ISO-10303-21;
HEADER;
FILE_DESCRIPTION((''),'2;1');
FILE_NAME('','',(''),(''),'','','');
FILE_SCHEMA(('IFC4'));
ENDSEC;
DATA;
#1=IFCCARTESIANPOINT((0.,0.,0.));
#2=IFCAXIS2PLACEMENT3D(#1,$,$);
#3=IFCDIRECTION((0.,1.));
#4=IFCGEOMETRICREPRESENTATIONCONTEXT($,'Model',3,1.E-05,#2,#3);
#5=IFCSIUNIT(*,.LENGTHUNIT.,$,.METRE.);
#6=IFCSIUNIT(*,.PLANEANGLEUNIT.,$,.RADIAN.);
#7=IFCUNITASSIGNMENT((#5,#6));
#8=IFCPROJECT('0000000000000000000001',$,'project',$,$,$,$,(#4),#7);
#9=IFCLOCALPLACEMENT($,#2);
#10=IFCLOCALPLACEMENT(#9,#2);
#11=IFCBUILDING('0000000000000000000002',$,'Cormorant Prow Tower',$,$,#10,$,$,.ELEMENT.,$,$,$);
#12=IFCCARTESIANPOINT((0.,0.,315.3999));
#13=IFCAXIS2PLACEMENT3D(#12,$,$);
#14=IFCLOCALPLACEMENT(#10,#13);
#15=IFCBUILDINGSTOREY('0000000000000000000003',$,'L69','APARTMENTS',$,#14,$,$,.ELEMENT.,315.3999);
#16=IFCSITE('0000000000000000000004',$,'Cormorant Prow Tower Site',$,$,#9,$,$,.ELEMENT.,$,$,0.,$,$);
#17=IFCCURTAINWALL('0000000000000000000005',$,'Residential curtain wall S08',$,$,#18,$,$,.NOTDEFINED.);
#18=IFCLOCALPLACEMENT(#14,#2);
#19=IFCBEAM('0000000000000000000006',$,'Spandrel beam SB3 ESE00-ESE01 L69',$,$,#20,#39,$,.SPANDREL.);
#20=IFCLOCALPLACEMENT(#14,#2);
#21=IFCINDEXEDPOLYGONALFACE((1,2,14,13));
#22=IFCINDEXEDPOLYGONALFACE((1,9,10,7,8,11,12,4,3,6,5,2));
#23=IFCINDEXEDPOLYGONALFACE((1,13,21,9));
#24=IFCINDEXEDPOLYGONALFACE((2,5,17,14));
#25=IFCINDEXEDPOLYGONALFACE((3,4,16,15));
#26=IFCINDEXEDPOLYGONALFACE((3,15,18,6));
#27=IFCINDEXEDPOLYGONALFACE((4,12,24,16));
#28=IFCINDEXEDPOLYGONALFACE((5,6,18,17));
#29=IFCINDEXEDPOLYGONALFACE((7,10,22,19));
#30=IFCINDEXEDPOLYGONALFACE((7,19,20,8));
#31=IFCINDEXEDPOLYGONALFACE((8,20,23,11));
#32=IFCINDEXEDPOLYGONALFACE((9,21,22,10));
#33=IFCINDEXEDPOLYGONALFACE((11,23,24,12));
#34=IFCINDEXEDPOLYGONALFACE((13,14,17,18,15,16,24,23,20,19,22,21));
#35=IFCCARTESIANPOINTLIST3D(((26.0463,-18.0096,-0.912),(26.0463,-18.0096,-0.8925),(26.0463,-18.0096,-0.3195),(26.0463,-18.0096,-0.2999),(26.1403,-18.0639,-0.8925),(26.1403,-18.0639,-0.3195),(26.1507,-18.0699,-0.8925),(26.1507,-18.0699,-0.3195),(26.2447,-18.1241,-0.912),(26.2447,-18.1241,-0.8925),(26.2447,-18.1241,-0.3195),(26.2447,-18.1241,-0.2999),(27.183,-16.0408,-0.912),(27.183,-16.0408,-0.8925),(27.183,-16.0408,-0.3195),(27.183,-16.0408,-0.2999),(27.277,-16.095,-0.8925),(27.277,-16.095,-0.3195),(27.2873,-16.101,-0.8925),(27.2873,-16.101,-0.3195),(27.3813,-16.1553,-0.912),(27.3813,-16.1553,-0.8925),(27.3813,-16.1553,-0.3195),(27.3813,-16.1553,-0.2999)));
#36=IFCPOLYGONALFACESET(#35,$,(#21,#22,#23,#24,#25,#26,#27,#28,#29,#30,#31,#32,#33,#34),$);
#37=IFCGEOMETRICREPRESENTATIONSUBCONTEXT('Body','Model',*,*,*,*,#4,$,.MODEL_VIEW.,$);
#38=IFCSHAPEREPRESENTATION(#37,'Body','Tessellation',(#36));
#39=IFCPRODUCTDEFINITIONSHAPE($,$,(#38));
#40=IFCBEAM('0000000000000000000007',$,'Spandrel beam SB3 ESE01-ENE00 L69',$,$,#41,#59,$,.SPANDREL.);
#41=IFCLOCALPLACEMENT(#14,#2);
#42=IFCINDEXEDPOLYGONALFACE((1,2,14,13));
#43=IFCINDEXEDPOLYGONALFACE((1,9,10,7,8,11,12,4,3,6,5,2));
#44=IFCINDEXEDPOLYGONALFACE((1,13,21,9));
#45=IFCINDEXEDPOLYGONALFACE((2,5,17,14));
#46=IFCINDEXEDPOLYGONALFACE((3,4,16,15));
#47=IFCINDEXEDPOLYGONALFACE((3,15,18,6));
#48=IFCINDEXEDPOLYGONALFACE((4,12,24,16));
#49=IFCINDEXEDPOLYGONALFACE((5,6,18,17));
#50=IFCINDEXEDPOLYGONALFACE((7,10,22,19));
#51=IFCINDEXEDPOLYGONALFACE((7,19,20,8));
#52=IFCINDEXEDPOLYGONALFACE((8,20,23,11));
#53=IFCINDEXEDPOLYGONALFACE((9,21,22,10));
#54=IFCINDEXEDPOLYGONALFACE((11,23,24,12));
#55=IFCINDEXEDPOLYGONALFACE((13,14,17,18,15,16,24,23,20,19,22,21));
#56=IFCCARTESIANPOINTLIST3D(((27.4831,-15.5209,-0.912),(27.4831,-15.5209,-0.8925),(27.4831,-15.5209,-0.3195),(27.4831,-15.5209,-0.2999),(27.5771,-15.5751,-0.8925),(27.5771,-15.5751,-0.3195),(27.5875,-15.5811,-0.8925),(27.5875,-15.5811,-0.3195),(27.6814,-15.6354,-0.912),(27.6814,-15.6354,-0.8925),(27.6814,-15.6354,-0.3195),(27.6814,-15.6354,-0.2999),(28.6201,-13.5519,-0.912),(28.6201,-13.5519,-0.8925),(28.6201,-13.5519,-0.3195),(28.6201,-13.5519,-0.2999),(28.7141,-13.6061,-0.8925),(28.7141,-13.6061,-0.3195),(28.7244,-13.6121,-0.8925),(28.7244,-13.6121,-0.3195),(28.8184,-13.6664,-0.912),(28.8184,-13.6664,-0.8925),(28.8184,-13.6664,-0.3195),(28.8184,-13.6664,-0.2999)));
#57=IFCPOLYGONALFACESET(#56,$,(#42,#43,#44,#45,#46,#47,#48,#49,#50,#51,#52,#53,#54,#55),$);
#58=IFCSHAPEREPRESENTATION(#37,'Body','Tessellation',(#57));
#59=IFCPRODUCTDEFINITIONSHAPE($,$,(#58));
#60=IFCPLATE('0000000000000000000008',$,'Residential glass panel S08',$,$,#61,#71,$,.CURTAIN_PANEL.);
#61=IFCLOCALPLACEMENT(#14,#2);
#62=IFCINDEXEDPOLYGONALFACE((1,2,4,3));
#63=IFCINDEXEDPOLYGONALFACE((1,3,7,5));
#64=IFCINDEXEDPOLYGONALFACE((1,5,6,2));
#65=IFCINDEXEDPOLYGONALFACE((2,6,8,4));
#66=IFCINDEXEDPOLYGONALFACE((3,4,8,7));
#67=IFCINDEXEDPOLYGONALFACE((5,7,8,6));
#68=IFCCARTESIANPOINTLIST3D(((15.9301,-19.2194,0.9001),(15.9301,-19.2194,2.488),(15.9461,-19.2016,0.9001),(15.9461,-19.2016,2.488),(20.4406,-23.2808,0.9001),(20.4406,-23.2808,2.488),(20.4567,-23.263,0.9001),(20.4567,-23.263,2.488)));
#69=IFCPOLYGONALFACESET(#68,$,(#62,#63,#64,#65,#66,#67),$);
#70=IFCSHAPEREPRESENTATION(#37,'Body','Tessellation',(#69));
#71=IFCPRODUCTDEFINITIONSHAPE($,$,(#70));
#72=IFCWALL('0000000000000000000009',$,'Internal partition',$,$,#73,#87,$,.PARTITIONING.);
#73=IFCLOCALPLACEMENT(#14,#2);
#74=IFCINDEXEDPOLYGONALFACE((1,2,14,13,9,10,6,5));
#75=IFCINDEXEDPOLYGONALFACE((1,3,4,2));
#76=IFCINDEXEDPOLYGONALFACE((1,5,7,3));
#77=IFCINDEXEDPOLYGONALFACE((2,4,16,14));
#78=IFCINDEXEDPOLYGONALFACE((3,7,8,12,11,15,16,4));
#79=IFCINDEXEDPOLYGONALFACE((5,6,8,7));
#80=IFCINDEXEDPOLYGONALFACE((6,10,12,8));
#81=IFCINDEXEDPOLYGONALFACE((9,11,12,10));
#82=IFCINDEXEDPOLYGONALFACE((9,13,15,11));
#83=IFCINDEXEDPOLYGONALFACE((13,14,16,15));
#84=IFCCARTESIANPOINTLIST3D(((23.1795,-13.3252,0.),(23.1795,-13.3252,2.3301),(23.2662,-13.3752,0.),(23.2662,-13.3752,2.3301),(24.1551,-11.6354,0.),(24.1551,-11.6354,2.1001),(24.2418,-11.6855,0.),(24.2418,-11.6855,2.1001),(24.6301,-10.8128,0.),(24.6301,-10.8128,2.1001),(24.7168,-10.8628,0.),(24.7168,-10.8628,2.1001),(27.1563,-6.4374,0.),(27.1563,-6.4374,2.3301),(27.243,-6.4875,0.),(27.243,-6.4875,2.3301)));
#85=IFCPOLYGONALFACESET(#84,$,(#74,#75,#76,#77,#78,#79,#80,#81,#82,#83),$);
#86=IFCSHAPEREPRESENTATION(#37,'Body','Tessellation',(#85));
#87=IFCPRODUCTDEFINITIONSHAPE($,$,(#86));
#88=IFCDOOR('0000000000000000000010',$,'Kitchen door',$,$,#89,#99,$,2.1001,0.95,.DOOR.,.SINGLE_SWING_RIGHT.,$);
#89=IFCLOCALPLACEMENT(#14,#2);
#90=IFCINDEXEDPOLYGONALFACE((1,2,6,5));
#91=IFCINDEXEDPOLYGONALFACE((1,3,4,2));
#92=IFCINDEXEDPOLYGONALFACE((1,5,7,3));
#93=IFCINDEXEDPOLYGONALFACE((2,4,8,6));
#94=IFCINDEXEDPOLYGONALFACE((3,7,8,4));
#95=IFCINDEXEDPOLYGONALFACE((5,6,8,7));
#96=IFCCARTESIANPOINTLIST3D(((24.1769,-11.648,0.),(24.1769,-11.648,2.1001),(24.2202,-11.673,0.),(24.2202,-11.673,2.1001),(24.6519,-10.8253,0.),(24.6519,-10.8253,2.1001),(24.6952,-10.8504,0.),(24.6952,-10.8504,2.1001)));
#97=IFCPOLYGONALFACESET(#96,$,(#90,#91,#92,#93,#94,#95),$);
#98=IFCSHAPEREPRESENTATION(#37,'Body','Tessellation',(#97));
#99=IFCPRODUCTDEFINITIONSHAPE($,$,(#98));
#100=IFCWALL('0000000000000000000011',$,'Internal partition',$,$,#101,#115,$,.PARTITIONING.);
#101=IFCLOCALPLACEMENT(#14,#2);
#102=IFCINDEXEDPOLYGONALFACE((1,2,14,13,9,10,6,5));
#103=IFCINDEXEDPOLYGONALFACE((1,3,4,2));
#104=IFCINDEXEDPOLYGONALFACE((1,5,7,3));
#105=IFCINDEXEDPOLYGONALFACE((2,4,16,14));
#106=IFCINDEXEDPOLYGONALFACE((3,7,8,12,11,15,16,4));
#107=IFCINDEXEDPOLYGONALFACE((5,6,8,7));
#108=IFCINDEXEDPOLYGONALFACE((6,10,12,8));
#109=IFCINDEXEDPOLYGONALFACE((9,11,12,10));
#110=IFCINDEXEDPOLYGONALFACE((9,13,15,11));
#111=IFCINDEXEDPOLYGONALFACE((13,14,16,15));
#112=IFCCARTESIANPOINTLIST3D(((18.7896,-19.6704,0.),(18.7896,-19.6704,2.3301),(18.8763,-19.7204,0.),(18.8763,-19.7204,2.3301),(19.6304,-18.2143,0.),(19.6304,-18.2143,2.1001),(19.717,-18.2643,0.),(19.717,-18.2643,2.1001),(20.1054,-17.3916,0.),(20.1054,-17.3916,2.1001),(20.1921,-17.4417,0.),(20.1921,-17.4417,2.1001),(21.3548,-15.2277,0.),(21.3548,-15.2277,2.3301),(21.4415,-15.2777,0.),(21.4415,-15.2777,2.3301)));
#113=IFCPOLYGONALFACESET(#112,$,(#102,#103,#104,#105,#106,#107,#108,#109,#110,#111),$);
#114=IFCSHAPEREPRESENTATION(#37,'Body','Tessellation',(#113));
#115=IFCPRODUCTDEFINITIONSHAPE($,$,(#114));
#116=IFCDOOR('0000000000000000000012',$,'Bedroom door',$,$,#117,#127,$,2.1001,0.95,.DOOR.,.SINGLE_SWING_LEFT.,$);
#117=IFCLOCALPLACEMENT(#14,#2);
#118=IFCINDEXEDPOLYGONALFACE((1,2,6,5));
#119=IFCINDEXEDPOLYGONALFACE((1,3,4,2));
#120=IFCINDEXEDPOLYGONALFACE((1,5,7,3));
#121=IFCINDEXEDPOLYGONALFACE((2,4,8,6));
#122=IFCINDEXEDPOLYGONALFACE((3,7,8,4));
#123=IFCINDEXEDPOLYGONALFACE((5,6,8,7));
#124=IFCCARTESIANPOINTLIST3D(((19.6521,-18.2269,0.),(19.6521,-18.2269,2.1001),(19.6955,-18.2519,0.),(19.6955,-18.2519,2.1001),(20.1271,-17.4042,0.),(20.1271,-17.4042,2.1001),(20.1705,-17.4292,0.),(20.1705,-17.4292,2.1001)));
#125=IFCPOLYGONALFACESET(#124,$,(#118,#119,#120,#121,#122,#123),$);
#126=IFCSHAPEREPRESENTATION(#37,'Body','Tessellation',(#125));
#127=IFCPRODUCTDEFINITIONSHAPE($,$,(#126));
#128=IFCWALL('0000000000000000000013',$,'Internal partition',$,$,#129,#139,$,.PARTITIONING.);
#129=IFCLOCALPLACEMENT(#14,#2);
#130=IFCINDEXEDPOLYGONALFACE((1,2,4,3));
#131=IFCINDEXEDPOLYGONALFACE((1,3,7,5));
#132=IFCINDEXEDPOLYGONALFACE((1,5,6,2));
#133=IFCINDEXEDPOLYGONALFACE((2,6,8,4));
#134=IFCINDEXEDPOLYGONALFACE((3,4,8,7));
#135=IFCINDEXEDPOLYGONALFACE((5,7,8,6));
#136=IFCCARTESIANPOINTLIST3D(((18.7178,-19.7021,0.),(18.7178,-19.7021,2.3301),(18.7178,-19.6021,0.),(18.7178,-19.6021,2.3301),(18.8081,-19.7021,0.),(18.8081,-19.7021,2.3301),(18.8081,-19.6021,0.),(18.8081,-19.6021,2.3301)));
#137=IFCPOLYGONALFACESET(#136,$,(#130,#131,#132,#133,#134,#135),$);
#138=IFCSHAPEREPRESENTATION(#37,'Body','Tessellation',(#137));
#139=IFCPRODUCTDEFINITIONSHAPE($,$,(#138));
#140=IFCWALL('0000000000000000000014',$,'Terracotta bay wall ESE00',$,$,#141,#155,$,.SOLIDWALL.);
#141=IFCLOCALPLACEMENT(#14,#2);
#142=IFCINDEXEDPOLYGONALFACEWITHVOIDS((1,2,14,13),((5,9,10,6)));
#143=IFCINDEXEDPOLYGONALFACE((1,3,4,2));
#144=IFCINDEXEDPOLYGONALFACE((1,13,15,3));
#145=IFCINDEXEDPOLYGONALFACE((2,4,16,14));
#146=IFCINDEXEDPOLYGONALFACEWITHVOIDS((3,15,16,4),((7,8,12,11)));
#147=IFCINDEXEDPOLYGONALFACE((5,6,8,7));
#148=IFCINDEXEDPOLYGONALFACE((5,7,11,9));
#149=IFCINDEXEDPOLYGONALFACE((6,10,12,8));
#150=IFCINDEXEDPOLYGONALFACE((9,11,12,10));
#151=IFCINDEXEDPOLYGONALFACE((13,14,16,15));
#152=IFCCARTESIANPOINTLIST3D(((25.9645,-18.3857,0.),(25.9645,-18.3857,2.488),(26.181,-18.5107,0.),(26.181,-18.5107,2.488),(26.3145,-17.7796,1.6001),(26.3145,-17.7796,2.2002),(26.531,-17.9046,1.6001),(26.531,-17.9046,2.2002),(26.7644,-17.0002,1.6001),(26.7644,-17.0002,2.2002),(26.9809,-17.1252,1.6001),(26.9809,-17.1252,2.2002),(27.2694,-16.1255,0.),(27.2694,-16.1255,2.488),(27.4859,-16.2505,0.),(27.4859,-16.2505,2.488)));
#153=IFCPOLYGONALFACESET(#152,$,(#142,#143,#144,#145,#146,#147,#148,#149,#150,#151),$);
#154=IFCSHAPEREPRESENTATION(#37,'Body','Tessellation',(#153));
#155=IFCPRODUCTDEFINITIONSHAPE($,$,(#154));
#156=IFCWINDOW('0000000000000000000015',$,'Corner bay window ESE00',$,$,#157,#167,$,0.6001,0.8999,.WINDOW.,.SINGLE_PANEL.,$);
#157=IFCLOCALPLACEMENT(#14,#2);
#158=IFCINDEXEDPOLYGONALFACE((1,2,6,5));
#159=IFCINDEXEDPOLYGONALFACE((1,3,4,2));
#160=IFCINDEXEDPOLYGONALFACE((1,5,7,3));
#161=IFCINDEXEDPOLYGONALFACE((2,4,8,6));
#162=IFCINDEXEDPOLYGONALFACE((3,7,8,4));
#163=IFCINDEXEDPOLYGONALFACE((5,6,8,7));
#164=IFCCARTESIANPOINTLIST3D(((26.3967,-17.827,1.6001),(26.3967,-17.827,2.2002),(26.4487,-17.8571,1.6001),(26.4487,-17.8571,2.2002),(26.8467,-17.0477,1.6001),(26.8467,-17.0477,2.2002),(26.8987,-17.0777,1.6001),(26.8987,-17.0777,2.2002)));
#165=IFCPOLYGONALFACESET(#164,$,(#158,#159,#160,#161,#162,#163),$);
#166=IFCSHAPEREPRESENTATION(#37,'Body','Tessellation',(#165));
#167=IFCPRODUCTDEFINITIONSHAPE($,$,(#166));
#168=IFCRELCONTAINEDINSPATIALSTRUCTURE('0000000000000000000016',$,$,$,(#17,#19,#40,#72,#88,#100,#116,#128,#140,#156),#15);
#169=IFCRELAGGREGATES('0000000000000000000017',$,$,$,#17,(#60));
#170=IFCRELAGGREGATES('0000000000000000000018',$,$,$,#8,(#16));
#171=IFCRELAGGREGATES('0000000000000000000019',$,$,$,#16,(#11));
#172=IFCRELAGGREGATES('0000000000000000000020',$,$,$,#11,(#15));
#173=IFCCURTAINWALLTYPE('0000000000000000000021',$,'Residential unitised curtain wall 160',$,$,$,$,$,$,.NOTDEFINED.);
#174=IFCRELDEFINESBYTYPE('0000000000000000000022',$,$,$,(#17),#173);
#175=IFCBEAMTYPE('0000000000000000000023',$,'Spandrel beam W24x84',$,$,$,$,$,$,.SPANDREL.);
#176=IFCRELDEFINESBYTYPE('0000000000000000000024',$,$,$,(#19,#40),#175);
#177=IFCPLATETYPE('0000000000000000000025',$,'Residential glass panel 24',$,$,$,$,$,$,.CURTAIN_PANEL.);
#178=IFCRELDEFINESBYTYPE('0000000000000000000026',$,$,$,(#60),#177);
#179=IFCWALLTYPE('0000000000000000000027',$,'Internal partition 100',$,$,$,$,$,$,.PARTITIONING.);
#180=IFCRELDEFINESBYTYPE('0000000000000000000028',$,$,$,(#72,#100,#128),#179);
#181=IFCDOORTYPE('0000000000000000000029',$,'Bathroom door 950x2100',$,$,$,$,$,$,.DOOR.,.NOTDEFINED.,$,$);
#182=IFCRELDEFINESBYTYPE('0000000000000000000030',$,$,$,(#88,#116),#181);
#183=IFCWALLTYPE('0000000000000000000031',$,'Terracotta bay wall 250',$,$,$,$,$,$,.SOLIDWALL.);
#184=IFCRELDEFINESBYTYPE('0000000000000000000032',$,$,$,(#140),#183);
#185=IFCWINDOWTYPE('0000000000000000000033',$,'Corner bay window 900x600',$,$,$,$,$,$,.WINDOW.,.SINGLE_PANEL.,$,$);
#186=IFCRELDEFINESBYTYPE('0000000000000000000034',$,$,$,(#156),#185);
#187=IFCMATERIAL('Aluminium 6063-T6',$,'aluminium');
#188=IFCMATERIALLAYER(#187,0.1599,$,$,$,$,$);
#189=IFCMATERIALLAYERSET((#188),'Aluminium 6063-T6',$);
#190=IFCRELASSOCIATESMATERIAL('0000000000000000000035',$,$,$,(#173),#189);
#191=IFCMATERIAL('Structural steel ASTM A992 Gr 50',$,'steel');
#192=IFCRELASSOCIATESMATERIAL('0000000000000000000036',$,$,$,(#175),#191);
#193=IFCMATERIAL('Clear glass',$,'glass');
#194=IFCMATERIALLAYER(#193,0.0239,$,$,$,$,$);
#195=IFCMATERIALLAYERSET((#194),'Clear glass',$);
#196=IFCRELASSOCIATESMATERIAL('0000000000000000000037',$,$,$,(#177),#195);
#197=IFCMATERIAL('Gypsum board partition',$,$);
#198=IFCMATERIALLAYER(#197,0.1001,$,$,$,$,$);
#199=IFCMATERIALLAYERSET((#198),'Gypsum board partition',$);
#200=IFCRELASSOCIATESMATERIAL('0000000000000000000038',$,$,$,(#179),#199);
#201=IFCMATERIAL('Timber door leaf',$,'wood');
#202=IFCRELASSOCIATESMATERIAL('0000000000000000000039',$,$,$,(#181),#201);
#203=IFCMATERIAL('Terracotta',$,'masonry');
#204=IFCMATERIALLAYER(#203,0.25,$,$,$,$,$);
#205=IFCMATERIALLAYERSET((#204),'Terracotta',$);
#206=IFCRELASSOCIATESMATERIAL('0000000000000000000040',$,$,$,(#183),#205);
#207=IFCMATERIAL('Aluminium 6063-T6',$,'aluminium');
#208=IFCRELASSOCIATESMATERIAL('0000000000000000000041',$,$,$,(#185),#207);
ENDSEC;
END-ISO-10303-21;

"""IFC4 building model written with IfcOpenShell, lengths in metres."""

from ifc_helpers import new_model, si_unit, direction, frame, frame_2d, origin, origin_2d, place, context, subcontext, project, spatial, rectangle, i_section, extrude, material, layer, layer_set, material_profile, profile_set, type_object, element, fill, aggregate, save


model = new_model("IFC4")

# Units and contexts
model_context = context("Model", 3, precision=1e-05, world=origin(), true_north=direction((0.0, 1.0)))
body_context = subcontext(model_context, "Body", "Model", "MODEL_VIEW")
ifc_project = project(units=[si_unit("LENGTHUNIT", "METRE"), si_unit("PLANEANGLEUNIT", "RADIAN")], contexts=[model_context])

# Site, building, storey
site_placement = place(None, origin())
site = spatial("IfcSite", under=ifc_project, at=site_placement, Name="Cormorant Prow Tower Site", CompositionType="ELEMENT", RefElevation=0.0)
building_placement = place(site_placement, origin())
building = spatial("IfcBuilding", under=site, at=building_placement, Name="Cormorant Prow Tower", CompositionType="ELEMENT")
storey_placement = place(building_placement, frame((0.0, 0.0, 315.3999)))
storey = spatial("IfcBuildingStorey", under=building, at=storey_placement, Name="L69", Description="APARTMENTS", CompositionType="ELEMENT", Elevation=315.3999)

# Curtain wall
ifc_material_1 = material(Name="Aluminium 6063-T6", Category="aluminium")
ifc_layer_1 = layer(ifc_material_1, 0.1599)
ifc_layer_set_1 = layer_set([ifc_layer_1], Name="Aluminium 6063-T6")
curtain_wall_type = type_object("IfcCurtainWallType", Name="Residential unitised curtain wall 160", PredefinedType="NOTDEFINED", material=ifc_layer_set_1)
curtain_wall_placement = place(storey_placement, origin())
curtain_wall = element("IfcCurtainWall", 1, at=curtain_wall_placement, inside=storey, type_object=curtain_wall_type, Name="Residential curtain wall S08", PredefinedType="NOTDEFINED")

# Beams
ifc_material_2 = material(Name="Structural steel ASTM A992 Gr 50", Category="steel")
ifc_material_profile_1 = material_profile(ifc_material_2, i_section(OverallWidth=0.229, OverallDepth=0.6121, WebThickness=0.012, FlangeThickness=0.0195, at=origin_2d()), Name="W24x84")
ifc_profile_set_1 = profile_set([ifc_material_profile_1], Name="Structural steel ASTM A992 Gr 50")
beam_type = type_object("IfcBeamType", Name="Spandrel beam W24x84", PredefinedType="SPANDREL", material=ifc_profile_set_1)
beam_1_placement = place(storey_placement, frame((26.1455, -18.0669, -0.606), z_axis=(0.499973, 0.866041, 0.0), x_axis=(-0.866041, 0.499973, 0.0)))
element("IfcBeam", 2, at=beam_1_placement, inside=storey, type_object=beam_type, Name="Spandrel beam SB3 ESE00-ESE01 L69", PredefinedType="SPANDREL", context=body_context, shape_type="SweptSolid", body=[
    extrude(i_section(OverallWidth=0.229, OverallDepth=0.6121, WebThickness=0.012, FlangeThickness=0.0195, at=origin_2d()), origin(), (0.0, 0.0, 1.0), 2.2734),
])
beam_2_placement = place(storey_placement, frame((27.5823, -15.5781, -0.606), z_axis=(0.500054, 0.865994, 0.0), x_axis=(-0.865994, 0.500054, 0.0)))
element("IfcBeam", 3, at=beam_2_placement, inside=storey, type_object=beam_type, Name="Spandrel beam SB3 ESE01-ENE00 L69", PredefinedType="SPANDREL", context=body_context, shape_type="SweptSolid", body=[
    extrude(i_section(OverallWidth=0.229, OverallDepth=0.6121, WebThickness=0.012, FlangeThickness=0.0195, at=origin_2d()), origin(), (0.0, 0.0, 1.0), 2.2737),
])

# Plate
ifc_material_3 = material(Name="Clear glass", Category="glass")
ifc_layer_2 = layer(ifc_material_3, 0.0239)
ifc_layer_set_2 = layer_set([ifc_layer_2], Name="Clear glass")
plate_type = type_object("IfcPlateType", Name="Residential glass panel 24", PredefinedType="CURTAIN_PANEL", material=ifc_layer_set_2)
plate_placement = place(storey_placement, frame((18.1934, -21.2412, 0.9001), z_axis=(0.0, 0.0, 1.0), x_axis=(0.743145, -0.669131, 0.0)))
plate = element("IfcPlate", 4, at=plate_placement, type_object=plate_type, Name="Residential glass panel S08", PredefinedType="CURTAIN_PANEL", context=body_context, shape_type="SweptSolid", body=[
    extrude(rectangle(XDim=6.0696, YDim=0.0239, at=origin_2d()), origin(), (0.0, 0.0, 1.0), 1.5879),
])
aggregate(curtain_wall, [plate])

# Walls, openings, doors
ifc_material_4 = material(Name="Gypsum board partition")
ifc_layer_3 = layer(ifc_material_4, 0.1001)
ifc_layer_set_3 = layer_set([ifc_layer_3], Name="Gypsum board partition")
wall_type_1 = type_object("IfcWallType", Name="Internal partition 100", PredefinedType="PARTITIONING", material=ifc_layer_set_3)
wall_1_placement = place(storey_placement, frame((23.2229, -13.3501, 0.0), z_axis=(0.0, 0.0, 1.0), x_axis=(0.500018, 0.866015, 0.0)))
wall_1 = element("IfcWall", 5, at=wall_1_placement, inside=storey, type_object=wall_type_1, Name="Internal partition", PredefinedType="PARTITIONING", context=body_context, shape_type="SweptSolid", body=[
    extrude(rectangle(XDim=7.9534, YDim=0.1001, at=frame_2d((3.9766, 0.0))), origin(), (0.0, 0.0, 1.0), 2.3301),
])
opening_1_placement = place(wall_1_placement, frame((1.9509, 0.0, 0.0)))
opening_1 = element("IfcOpeningElement", 6, at=opening_1_placement, cuts=wall_1, PredefinedType="OPENING", context=body_context, shape_type="SweptSolid", body=[
    extrude(rectangle(XDim=0.95, YDim=2.1001, at=frame_2d((0.4751, 1.05))), frame((0.0, 0.0601, 0.0), z_axis=(0.0, -1.0, 0.0), x_axis=(1.0, 0.0, 0.0)), (0.0, 0.0, 1.0), 0.1201),
])
ifc_material_5 = material(Name="Timber door leaf", Category="wood")
door_type_1 = type_object("IfcDoorType", Name="Bathroom door 950x2100", OperationType="NOTDEFINED", PredefinedType="DOOR", material=ifc_material_5)
door_1_placement = place(opening_1_placement, origin())
door_1 = element("IfcDoor", 7, at=door_1_placement, inside=storey, type_object=door_type_1, Name="Kitchen door", OperationType="SINGLE_SWING_RIGHT", OverallHeight=2.1001, OverallWidth=0.95, PredefinedType="DOOR", context=body_context, shape_type="SweptSolid", body=[
    extrude(rectangle(XDim=0.95, YDim=2.1001, at=frame_2d((0.4751, 1.05))), frame((0.0, 0.0249, 0.0), z_axis=(0.0, -1.0, 0.0), x_axis=(1.0, 0.0, 0.0)), (0.0, 0.0, 1.0), 0.05),
])
fill(opening_1, door_1)
wall_2_placement = place(storey_placement, frame((18.833, -19.6953, 0.0), z_axis=(0.0, 0.0, 1.0), x_axis=(0.500034, 0.866006, 0.0)))
wall_2 = element("IfcWall", 8, at=wall_2_placement, inside=storey, type_object=wall_type_1, Name="Internal partition", PredefinedType="PARTITIONING", context=body_context, shape_type="SweptSolid", body=[
    extrude(rectangle(XDim=5.1301, YDim=0.1001, at=frame_2d((2.5649, 0.0))), origin(), (0.0, 0.0, 1.0), 2.3301),
])
opening_2_placement = place(wall_2_placement, frame((1.6812, 0.0, 0.0)))
opening_2 = element("IfcOpeningElement", 9, at=opening_2_placement, cuts=wall_2, PredefinedType="OPENING", context=body_context, shape_type="SweptSolid", body=[
    extrude(rectangle(XDim=0.95, YDim=2.1001, at=frame_2d((0.4751, 1.05))), frame((0.0, 0.0601, 0.0), z_axis=(0.0, -1.0, 0.0), x_axis=(1.0, 0.0, 0.0)), (0.0, 0.0, 1.0), 0.1201),
])
door_2_placement = place(opening_2_placement, origin())
door_2 = element("IfcDoor", 10, at=door_2_placement, inside=storey, type_object=door_type_1, Name="Bedroom door", OperationType="SINGLE_SWING_LEFT", OverallHeight=2.1001, OverallWidth=0.95, PredefinedType="DOOR", context=body_context, shape_type="SweptSolid", body=[
    extrude(rectangle(XDim=0.95, YDim=2.1001, at=frame_2d((0.4751, 1.05))), frame((0.0, 0.0249, 0.0), z_axis=(0.0, -1.0, 0.0), x_axis=(1.0, 0.0, 0.0)), (0.0, 0.0, 1.0), 0.05),
])
fill(opening_2, door_2)

# Wall
wall_3_placement = place(storey_placement, frame((18.7178, -19.6521, 0.0), z_axis=(0.0, 0.0, 1.0), x_axis=(1.0, 0.0, 0.0)))
element("IfcWall", 11, at=wall_3_placement, inside=storey, type_object=wall_type_1, Name="Internal partition", PredefinedType="PARTITIONING", context=body_context, shape_type="SweptSolid", body=[
    extrude(rectangle(XDim=0.0903, YDim=0.1001, at=frame_2d((0.0452, 0.0))), origin(), (0.0, 0.0, 1.0), 2.3301),
])

# Wall, opening, window
ifc_material_6 = material(Name="Terracotta", Category="masonry")
ifc_layer_4 = layer(ifc_material_6, 0.25)
ifc_layer_set_4 = layer_set([ifc_layer_4], Name="Terracotta")
wall_type_2 = type_object("IfcWallType", Name="Terracotta bay wall 250", PredefinedType="SOLIDWALL", material=ifc_layer_set_4)
wall_4_placement = place(storey_placement, frame((26.0728, -18.4482, 0.0), z_axis=(0.0, 0.0, 1.0), x_axis=(0.499992, 0.86603, 0.0)))
wall_4 = element("IfcWall", 12, at=wall_4_placement, inside=storey, type_object=wall_type_2, Name="Terracotta bay wall ESE00", PredefinedType="SOLIDWALL", context=body_context, shape_type="SweptSolid", body=[
    extrude(rectangle(XDim=2.6099, YDim=0.25, at=frame_2d((1.3049, 0.0))), origin(), (0.0, 0.0, 1.0), 2.488),
])
opening_3_placement = place(wall_4_placement, frame((0.7, 0.0, 1.6001)))
opening_3 = element("IfcOpeningElement", 13, at=opening_3_placement, cuts=wall_4, PredefinedType="OPENING", context=body_context, shape_type="SweptSolid", body=[
    extrude(rectangle(XDim=0.8999, YDim=0.6001, at=frame_2d((0.45, 0.3))), frame((0.0, 0.135, 0.0), z_axis=(0.0, -1.0, 0.0), x_axis=(1.0, 0.0, 0.0)), (0.0, 0.0, 1.0), 0.27),
])
ifc_material_7 = material(Name="Aluminium 6063-T6", Category="aluminium")
window_type = type_object("IfcWindowType", Name="Corner bay window 900x600", PartitioningType="SINGLE_PANEL", PredefinedType="WINDOW", material=ifc_material_7)
window_placement = place(opening_3_placement, origin())
window = element("IfcWindow", 14, at=window_placement, inside=storey, type_object=window_type, Name="Corner bay window ESE00", OverallHeight=0.6001, OverallWidth=0.8999, PartitioningType="SINGLE_PANEL", PredefinedType="WINDOW", context=body_context, shape_type="SweptSolid", body=[
    extrude(rectangle(XDim=0.8999, YDim=0.6001, at=frame_2d((0.45, 0.3))), frame((0.0, 0.03, 0.0), z_axis=(0.0, -1.0, 0.0), x_axis=(1.0, 0.0, 0.0)), (0.0, 0.0, 1.0), 0.0601),
])
fill(opening_3, window)

save(model, "model.ifc")
